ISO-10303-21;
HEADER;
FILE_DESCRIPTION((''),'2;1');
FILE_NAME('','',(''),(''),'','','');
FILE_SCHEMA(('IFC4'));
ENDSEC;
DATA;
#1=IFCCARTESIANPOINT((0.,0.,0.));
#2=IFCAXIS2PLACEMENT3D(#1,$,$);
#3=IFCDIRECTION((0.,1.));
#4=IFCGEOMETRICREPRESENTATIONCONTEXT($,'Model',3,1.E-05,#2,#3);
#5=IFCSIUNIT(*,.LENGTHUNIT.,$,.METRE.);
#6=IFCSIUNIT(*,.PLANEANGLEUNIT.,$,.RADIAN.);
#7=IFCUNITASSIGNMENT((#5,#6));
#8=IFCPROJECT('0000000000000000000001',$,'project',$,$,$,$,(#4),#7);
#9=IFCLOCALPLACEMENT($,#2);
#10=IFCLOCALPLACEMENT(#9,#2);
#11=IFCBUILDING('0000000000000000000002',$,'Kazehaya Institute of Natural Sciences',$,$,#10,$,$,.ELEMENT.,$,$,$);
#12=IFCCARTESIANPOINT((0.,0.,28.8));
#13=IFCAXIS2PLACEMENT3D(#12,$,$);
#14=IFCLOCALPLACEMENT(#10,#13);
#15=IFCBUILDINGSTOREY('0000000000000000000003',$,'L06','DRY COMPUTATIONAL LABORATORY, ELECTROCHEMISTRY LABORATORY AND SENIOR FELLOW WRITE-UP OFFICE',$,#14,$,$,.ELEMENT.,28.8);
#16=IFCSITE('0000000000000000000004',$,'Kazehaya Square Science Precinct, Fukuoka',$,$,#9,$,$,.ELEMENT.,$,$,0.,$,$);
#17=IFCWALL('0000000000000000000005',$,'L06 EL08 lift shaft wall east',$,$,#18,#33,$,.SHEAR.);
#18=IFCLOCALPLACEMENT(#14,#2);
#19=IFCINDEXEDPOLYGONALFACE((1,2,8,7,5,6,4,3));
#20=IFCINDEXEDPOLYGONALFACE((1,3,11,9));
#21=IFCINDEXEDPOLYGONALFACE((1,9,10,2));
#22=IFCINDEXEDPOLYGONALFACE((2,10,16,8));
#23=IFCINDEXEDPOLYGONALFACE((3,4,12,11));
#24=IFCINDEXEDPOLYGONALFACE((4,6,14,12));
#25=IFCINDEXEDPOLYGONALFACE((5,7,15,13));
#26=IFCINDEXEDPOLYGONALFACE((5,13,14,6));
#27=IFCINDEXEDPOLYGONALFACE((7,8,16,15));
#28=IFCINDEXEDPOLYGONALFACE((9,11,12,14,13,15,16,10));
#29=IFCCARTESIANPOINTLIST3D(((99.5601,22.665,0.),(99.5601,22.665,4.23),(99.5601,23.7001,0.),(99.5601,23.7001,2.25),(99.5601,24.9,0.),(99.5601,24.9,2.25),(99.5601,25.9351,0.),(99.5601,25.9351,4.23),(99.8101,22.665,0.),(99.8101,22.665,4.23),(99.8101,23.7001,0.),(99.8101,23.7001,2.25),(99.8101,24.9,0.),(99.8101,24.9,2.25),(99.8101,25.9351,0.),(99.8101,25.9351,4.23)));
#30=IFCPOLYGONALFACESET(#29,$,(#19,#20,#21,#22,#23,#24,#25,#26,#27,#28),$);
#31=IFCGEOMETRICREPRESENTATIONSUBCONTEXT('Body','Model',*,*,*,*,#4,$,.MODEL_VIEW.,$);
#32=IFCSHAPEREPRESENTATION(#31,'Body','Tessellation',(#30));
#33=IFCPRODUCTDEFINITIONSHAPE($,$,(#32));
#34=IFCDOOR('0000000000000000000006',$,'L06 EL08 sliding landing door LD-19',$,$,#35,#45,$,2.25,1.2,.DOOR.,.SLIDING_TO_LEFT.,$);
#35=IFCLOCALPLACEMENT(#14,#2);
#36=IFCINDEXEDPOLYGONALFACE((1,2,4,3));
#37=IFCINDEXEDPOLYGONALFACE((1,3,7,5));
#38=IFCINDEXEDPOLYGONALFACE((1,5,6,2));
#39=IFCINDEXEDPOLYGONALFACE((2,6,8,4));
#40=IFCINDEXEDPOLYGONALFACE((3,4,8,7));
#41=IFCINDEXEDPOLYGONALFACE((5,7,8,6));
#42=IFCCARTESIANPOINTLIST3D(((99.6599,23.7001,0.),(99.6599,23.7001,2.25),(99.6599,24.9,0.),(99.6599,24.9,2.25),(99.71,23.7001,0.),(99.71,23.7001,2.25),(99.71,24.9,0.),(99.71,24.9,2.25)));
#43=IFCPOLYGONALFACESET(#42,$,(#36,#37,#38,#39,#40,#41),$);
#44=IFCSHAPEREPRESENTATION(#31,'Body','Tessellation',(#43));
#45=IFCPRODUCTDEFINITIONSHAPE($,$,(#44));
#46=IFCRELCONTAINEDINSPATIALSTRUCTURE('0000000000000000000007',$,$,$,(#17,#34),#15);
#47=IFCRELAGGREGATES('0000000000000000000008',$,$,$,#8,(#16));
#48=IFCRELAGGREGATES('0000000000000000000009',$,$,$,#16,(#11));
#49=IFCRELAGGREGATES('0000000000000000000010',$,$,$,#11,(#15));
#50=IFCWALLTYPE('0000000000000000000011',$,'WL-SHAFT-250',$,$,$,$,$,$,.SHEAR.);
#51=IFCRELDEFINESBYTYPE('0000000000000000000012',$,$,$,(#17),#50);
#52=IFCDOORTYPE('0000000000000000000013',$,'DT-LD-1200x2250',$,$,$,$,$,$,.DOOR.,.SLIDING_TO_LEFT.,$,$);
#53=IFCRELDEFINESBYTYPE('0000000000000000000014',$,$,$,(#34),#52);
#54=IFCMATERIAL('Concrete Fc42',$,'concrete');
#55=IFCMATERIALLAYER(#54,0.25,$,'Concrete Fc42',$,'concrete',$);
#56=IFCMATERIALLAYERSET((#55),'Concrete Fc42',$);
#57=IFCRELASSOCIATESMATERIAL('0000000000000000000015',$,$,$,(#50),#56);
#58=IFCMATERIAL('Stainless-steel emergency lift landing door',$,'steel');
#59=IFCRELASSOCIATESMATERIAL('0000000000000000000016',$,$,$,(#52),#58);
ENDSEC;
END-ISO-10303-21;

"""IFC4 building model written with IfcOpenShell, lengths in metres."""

from ifc_helpers import new_model, si_unit, direction, frame, frame_2d, origin, place, context, subcontext, project, spatial, rectangle, extrude, material, layer, layer_set, type_object, element, fill, save


model = new_model("IFC4")

# Units and contexts
model_context = context("Model", 3, precision=1e-05, world=origin(), true_north=direction((0.0, 1.0)))
body_context = subcontext(model_context, "Body", "Model", "MODEL_VIEW")
ifc_project = project(units=[si_unit("LENGTHUNIT", "METRE"), si_unit("PLANEANGLEUNIT", "RADIAN")], contexts=[model_context])

# Site, building, storey
site_placement = place(None, origin())
site = spatial("IfcSite", under=ifc_project, at=site_placement, Name="Kazehaya Square Science Precinct, Fukuoka", CompositionType="ELEMENT", RefElevation=0.0)
building_placement = place(site_placement, origin())
building = spatial("IfcBuilding", under=site, at=building_placement, Name="Kazehaya Institute of Natural Sciences", CompositionType="ELEMENT")
storey_placement = place(building_placement, frame((0.0, 0.0, 28.8)))
storey = spatial("IfcBuildingStorey", under=building, at=storey_placement, Name="L06", Description="DRY COMPUTATIONAL LABORATORY, ELECTROCHEMISTRY LABORATORY AND SENIOR FELLOW WRITE-UP OFFICE", CompositionType="ELEMENT", Elevation=28.8)

# Shared definitions
ifc_material_1 = material(Name="Concrete Fc42", Category="concrete")
ifc_layer_1 = layer(ifc_material_1, 0.25, Name="Concrete Fc42", Category="concrete")
ifc_layer_set_1 = layer_set([ifc_layer_1], Name="Concrete Fc42")
wall_type_1 = type_object("IfcWallType", Name="WL-SHAFT-250", PredefinedType="SHEAR", material=ifc_layer_set_1)

# Wall, opening, door
wall_1_placement = place(storey_placement, frame((99.6851, 25.9351, 0.0), z_axis=(0.0, 0.0, 1.0), x_axis=(0.0, -1.0, 0.0)))
wall_1 = element("IfcWall", 1, at=wall_1_placement, inside=storey, type_object=wall_type_1, Name="L06 EL08 lift shaft wall east", PredefinedType="SHEAR", context=body_context, shape_type="SweptSolid", body=[
    extrude(rectangle(XDim=3.27, YDim=0.25, at=frame_2d((1.635, 0.0))), origin(), (0.0, 0.0, 1.0), 4.23),
])
opening_1_placement = place(wall_1_placement, frame((1.0349, 0.0, 0.0)))
opening_1 = element("IfcOpeningElement", 2, at=opening_1_placement, cuts=wall_1, PredefinedType="OPENING", context=body_context, shape_type="SweptSolid", body=[
    extrude(rectangle(XDim=1.2, YDim=2.25, at=frame_2d((0.6001, 1.125))), frame((0.0, 0.135, 0.0), z_axis=(0.0, -1.0, 0.0), x_axis=(1.0, 0.0, 0.0)), (0.0, 0.0, 1.0), 0.27),
])
ifc_material_2 = material(Name="Stainless-steel emergency lift landing door", Category="steel")
door_type_1 = type_object("IfcDoorType", Name="DT-LD-1200x2250", OperationType="SLIDING_TO_LEFT", PredefinedType="DOOR", material=ifc_material_2)
door_1_placement = place(opening_1_placement, origin())
door_1 = element("IfcDoor", 3, at=door_1_placement, inside=storey, type_object=door_type_1, Name="L06 EL08 sliding landing door LD-19", OperationType="SLIDING_TO_LEFT", OverallHeight=2.25, OverallWidth=1.2, PredefinedType="DOOR", context=body_context, shape_type="SweptSolid", body=[
    extrude(rectangle(XDim=1.2, YDim=2.25, at=frame_2d((0.6001, 1.125))), frame((0.0, 0.0249, 0.0), z_axis=(0.0, -1.0, 0.0), x_axis=(1.0, 0.0, 0.0)), (0.0, 0.0, 1.0), 0.05),
])
fill(opening_1, door_1)

save(model, "model.ifc")
